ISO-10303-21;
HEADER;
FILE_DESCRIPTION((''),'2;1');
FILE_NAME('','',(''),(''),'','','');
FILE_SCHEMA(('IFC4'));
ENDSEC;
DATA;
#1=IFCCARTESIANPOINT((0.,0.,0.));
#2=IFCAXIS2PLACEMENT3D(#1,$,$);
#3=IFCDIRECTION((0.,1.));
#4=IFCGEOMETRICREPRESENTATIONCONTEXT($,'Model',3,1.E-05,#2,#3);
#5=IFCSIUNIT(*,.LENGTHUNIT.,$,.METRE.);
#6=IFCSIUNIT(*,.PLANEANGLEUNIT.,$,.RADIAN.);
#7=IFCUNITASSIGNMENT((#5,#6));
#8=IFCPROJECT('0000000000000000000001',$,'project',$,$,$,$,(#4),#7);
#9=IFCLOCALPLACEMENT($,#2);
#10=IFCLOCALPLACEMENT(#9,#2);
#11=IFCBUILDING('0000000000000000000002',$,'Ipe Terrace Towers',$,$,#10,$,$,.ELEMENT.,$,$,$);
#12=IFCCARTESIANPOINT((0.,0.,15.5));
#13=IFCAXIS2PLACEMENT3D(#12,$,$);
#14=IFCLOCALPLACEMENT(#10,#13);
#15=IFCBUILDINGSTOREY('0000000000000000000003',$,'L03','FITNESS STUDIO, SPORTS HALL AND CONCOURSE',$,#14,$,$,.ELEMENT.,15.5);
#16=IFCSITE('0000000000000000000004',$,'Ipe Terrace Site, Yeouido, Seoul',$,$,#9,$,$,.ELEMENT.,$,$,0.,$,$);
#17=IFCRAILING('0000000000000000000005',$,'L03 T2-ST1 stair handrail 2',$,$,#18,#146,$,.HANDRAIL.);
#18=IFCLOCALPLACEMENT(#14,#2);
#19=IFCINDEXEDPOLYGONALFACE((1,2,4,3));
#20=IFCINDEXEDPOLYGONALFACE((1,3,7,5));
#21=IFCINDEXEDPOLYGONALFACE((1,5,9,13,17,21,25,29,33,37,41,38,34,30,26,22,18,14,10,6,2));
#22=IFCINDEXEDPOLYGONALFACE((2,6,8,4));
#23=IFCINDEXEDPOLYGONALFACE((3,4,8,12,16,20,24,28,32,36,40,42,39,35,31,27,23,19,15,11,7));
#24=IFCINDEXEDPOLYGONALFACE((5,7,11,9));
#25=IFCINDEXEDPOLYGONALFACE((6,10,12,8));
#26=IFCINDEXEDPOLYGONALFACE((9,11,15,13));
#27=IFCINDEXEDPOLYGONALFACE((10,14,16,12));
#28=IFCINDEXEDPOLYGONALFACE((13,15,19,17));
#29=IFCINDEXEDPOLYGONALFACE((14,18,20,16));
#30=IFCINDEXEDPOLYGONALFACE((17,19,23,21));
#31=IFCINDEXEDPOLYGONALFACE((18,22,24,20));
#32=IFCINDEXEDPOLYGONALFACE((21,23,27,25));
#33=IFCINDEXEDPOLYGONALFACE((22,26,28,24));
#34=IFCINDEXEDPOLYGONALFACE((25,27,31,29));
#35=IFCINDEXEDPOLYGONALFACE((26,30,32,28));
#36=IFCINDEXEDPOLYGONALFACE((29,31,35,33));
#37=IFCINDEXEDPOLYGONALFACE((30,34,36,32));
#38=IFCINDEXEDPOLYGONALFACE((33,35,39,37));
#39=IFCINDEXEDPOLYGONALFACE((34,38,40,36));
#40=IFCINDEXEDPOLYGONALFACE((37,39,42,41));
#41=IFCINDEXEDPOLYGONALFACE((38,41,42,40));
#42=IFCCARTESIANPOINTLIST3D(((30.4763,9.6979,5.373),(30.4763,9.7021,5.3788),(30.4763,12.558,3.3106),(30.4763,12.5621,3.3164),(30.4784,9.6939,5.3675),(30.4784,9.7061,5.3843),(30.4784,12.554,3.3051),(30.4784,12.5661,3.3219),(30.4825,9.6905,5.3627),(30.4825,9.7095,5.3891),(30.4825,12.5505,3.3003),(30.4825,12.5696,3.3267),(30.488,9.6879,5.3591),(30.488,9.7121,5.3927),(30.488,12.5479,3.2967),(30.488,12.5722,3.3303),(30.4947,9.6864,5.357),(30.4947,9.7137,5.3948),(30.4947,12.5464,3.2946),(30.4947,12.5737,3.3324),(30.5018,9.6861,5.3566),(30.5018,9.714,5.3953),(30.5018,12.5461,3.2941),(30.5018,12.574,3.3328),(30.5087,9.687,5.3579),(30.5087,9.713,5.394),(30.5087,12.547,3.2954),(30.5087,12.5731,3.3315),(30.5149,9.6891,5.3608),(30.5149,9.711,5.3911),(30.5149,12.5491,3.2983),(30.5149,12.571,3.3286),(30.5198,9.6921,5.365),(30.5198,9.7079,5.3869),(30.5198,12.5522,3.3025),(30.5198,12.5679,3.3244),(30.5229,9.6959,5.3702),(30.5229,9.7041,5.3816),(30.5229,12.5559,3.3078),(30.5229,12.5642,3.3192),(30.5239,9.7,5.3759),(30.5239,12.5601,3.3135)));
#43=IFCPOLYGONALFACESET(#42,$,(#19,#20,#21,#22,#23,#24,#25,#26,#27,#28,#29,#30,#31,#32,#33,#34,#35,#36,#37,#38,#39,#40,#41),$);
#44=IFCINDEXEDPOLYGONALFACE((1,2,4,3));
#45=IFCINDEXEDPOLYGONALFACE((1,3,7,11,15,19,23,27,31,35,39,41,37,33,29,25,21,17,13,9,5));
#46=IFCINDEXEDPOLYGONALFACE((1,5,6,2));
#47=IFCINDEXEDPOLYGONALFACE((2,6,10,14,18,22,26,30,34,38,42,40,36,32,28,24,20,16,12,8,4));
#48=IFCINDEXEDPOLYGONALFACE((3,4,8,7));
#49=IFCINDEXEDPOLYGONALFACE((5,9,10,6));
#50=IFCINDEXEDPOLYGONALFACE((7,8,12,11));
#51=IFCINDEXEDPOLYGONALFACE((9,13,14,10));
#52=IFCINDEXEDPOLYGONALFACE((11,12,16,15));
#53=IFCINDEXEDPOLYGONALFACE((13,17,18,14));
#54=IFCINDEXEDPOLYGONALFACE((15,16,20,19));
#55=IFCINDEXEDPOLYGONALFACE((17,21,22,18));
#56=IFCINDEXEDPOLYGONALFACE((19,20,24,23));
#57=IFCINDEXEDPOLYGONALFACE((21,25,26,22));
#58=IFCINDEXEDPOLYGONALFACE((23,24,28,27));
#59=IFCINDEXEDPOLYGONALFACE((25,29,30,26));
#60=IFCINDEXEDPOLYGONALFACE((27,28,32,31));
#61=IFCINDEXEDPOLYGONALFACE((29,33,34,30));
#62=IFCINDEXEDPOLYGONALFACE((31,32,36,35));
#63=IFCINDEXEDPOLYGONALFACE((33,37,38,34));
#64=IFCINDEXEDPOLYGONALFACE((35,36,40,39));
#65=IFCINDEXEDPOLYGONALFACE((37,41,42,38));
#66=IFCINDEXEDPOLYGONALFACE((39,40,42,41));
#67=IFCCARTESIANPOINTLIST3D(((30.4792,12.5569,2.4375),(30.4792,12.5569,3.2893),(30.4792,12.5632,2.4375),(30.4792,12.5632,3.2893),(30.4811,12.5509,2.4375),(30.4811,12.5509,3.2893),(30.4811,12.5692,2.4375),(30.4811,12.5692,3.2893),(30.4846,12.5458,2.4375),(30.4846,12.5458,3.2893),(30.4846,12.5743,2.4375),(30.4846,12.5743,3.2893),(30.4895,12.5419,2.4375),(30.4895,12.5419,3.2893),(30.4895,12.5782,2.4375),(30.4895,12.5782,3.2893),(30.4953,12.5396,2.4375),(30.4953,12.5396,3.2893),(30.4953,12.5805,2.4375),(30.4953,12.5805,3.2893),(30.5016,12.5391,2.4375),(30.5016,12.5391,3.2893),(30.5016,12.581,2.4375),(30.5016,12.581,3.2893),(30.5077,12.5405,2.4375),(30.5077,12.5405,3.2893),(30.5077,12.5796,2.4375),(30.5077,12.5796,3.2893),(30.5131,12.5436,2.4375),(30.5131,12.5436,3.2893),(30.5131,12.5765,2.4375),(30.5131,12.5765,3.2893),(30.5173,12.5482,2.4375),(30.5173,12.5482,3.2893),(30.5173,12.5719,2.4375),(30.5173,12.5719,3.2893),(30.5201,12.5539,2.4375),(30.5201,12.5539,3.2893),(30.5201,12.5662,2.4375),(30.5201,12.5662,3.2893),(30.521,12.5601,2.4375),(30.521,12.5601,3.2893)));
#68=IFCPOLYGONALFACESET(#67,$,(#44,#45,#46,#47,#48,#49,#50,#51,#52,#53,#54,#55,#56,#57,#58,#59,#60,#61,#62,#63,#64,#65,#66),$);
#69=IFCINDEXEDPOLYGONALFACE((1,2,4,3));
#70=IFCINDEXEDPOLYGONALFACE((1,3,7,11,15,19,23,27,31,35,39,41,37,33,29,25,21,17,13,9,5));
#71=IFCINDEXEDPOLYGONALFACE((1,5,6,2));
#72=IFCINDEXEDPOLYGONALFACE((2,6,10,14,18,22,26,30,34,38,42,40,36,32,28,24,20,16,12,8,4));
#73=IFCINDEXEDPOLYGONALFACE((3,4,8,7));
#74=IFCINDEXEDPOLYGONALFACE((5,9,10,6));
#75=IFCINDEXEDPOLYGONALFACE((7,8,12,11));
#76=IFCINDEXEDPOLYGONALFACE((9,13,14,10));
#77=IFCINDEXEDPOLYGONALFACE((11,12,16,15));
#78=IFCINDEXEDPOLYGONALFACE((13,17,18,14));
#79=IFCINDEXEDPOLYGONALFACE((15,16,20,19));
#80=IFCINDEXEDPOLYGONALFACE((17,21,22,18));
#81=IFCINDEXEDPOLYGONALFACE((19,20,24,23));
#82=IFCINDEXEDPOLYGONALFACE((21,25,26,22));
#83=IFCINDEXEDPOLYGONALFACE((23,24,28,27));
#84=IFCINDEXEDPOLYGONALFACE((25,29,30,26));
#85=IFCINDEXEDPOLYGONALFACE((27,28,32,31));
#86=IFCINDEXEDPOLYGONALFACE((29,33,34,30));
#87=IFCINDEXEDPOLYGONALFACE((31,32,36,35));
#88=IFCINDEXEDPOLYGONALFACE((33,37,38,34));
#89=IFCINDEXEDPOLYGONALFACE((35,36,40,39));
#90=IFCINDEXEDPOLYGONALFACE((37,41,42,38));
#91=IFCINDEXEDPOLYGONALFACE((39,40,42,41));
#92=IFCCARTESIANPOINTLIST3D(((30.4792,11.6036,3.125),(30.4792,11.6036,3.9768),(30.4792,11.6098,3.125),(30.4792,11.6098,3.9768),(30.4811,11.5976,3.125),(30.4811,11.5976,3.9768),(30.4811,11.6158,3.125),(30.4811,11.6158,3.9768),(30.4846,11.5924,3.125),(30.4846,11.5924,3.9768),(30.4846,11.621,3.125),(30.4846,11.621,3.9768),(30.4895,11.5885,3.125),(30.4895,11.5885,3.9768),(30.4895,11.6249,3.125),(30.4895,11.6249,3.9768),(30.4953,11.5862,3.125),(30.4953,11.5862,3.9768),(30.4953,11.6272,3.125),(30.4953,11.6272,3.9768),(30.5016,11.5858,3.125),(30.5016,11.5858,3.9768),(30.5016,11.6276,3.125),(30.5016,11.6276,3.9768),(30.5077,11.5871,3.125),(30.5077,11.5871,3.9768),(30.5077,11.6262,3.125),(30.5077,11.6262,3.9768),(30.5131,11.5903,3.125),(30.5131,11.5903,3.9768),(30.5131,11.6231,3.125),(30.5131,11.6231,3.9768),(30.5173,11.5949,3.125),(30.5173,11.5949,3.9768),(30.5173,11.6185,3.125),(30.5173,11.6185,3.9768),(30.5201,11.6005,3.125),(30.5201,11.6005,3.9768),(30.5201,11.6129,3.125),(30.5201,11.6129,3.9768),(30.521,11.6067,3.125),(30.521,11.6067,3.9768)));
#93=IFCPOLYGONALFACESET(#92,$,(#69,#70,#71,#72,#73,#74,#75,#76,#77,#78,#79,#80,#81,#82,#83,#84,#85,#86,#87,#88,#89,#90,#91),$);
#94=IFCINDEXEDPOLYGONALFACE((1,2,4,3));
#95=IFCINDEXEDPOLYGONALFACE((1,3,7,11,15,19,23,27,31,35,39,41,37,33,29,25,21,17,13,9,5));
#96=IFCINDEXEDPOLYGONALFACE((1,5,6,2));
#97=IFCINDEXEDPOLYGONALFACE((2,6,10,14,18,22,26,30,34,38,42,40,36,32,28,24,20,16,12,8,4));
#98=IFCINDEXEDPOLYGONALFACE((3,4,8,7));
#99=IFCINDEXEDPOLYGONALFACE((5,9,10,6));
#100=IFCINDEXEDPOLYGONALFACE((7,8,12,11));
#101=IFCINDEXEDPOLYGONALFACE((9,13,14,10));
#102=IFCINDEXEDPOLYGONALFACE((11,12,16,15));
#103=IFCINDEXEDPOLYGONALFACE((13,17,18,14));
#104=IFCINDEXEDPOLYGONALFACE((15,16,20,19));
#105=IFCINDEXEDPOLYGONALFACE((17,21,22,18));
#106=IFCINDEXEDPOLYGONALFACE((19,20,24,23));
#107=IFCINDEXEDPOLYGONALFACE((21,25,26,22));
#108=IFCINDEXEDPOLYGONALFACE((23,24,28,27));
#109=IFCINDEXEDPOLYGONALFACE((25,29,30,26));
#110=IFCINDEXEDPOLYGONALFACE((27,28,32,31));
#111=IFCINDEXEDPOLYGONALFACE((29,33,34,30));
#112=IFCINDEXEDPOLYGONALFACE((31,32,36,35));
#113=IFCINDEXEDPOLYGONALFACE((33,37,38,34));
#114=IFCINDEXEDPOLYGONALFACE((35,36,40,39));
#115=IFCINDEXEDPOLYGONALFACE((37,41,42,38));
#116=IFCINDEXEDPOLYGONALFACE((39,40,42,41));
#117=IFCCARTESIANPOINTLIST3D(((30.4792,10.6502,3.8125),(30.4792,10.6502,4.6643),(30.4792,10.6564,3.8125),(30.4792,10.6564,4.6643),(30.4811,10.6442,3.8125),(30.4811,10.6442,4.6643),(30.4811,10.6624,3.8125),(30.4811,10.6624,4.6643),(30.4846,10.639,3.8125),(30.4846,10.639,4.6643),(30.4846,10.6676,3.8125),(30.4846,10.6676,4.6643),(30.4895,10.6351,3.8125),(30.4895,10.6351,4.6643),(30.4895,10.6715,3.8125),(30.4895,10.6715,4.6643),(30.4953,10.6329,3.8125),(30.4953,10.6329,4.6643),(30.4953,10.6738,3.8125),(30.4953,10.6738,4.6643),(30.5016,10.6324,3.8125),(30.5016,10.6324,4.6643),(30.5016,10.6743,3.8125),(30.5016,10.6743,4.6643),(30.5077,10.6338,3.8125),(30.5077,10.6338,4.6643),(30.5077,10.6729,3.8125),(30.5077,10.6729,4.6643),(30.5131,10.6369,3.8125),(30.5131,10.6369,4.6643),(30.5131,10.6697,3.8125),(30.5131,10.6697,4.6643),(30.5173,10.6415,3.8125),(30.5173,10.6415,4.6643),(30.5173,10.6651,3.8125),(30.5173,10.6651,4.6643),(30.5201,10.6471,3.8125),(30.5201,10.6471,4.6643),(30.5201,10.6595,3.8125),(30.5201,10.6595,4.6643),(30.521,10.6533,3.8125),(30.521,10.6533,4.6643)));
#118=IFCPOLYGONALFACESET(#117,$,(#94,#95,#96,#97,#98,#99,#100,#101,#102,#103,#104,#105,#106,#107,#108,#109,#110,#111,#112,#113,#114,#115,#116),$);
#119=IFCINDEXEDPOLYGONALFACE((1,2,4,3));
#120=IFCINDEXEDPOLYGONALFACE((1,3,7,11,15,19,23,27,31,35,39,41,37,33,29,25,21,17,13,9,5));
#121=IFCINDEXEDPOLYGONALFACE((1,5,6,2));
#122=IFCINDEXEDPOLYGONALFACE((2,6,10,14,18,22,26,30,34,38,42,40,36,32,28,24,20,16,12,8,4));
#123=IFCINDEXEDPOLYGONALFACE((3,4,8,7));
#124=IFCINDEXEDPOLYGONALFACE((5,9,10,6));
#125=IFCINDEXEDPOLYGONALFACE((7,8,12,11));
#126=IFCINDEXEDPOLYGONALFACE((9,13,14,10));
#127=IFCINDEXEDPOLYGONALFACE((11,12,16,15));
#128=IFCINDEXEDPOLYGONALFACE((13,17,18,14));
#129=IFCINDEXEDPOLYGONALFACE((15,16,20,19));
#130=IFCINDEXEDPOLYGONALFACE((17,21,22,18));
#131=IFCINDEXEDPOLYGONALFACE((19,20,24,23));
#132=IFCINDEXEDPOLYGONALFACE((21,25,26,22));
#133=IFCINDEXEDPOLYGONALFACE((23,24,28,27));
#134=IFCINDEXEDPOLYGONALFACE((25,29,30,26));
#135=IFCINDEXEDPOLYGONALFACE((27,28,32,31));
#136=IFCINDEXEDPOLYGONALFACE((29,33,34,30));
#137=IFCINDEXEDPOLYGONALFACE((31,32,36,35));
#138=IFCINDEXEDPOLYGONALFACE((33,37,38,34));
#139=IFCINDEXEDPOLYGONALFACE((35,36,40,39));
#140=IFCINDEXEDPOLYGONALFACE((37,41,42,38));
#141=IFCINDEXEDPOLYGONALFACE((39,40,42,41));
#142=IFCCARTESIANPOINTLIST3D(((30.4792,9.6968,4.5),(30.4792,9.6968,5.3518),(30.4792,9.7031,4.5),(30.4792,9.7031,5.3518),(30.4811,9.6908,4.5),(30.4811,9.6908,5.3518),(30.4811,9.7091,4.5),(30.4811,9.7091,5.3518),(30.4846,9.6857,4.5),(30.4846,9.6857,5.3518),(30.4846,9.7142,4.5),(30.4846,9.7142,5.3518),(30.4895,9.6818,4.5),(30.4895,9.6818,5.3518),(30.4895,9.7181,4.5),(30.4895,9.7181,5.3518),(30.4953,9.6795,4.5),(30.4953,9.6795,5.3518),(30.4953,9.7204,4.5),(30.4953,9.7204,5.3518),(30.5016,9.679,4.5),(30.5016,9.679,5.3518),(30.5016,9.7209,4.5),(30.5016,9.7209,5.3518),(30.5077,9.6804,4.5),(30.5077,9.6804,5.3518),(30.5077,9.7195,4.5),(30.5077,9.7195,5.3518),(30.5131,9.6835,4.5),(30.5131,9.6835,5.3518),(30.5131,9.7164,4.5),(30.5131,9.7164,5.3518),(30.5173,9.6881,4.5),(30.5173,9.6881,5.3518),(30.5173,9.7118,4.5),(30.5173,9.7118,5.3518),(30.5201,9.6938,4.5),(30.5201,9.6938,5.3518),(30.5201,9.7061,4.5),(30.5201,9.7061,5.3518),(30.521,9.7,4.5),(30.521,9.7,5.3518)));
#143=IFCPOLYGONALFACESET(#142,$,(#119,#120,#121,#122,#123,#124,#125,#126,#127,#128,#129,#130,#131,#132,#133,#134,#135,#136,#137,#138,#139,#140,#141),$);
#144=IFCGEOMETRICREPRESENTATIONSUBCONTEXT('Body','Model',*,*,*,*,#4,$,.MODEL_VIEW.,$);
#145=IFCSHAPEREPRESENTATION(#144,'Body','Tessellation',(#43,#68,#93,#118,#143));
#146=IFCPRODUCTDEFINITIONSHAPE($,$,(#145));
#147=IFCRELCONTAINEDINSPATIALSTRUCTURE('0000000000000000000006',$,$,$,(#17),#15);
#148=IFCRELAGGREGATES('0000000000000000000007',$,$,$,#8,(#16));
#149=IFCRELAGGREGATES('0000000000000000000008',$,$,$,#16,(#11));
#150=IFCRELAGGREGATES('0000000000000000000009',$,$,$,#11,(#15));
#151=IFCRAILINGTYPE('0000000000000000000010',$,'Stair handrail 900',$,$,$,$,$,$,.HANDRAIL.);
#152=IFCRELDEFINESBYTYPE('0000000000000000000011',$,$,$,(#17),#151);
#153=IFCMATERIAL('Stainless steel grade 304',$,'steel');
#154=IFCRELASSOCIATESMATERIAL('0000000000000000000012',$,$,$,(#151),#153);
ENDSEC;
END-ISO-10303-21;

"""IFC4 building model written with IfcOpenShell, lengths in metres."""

from ifc_helpers import new_model, si_unit, direction, frame, origin, origin_2d, place, context, subcontext, project, spatial, circle, extrude, material, type_object, element, save


model = new_model("IFC4")

# Units and contexts
model_context = context("Model", 3, precision=1e-05, world=origin(), true_north=direction((0.0, 1.0)))
body_context = subcontext(model_context, "Body", "Model", "MODEL_VIEW")
ifc_project = project(units=[si_unit("LENGTHUNIT", "METRE"), si_unit("PLANEANGLEUNIT", "RADIAN")], contexts=[model_context])

# Site, building, storey
site_placement = place(None, origin())
site = spatial("IfcSite", under=ifc_project, at=site_placement, Name="Ipe Terrace Site, Yeouido, Seoul", CompositionType="ELEMENT", RefElevation=0.0)
building_placement = place(site_placement, origin())
building = spatial("IfcBuilding", under=site, at=building_placement, Name="Ipe Terrace Towers", CompositionType="ELEMENT")
storey_placement = place(building_placement, frame((0.0, 0.0, 15.5)))
storey = spatial("IfcBuildingStorey", under=building, at=storey_placement, Name="L03", Description="FITNESS STUDIO, SPORTS HALL AND CONCOURSE", CompositionType="ELEMENT", Elevation=15.5)

# Railing
ifc_material_1 = material(Name="Stainless steel grade 304", Category="steel")
railing_type_1 = type_object("IfcRailingType", Name="Stair handrail 900", PredefinedType="HANDRAIL", material=ifc_material_1)
railing_1_placement = place(storey_placement, frame((30.5, 12.5601, 2.4375)))
element("IfcRailing", 1, at=railing_1_placement, inside=storey, type_object=railing_type_1, Name="L03 T2-ST1 stair handrail 2", PredefinedType="HANDRAIL", context=body_context, shape_type="SweptSolid", body=[
    extrude(circle(Radius=0.0239, at=origin_2d()), frame((0.0, 0.0, 0.876), z_axis=(0.0, -0.811101, 0.584906), x_axis=(1.0, 0.0, 0.0)), (0.0, 0.0, 1.0), 3.5261),
    extrude(circle(Radius=0.021, at=origin_2d()), origin(), (0.0, 0.0, 1.0), 0.8518),
    extrude(circle(Radius=0.021, at=origin_2d()), frame((0.0, -0.9534, 0.6875)), (0.0, 0.0, 1.0), 0.8518),
    extrude(circle(Radius=0.021, at=origin_2d()), frame((0.0, -1.9067, 1.375)), (0.0, 0.0, 1.0), 0.8518),
    extrude(circle(Radius=0.021, at=origin_2d()), frame((0.0, -2.8601, 2.0625)), (0.0, 0.0, 1.0), 0.8518),
])

save(model, "model.ifc")
